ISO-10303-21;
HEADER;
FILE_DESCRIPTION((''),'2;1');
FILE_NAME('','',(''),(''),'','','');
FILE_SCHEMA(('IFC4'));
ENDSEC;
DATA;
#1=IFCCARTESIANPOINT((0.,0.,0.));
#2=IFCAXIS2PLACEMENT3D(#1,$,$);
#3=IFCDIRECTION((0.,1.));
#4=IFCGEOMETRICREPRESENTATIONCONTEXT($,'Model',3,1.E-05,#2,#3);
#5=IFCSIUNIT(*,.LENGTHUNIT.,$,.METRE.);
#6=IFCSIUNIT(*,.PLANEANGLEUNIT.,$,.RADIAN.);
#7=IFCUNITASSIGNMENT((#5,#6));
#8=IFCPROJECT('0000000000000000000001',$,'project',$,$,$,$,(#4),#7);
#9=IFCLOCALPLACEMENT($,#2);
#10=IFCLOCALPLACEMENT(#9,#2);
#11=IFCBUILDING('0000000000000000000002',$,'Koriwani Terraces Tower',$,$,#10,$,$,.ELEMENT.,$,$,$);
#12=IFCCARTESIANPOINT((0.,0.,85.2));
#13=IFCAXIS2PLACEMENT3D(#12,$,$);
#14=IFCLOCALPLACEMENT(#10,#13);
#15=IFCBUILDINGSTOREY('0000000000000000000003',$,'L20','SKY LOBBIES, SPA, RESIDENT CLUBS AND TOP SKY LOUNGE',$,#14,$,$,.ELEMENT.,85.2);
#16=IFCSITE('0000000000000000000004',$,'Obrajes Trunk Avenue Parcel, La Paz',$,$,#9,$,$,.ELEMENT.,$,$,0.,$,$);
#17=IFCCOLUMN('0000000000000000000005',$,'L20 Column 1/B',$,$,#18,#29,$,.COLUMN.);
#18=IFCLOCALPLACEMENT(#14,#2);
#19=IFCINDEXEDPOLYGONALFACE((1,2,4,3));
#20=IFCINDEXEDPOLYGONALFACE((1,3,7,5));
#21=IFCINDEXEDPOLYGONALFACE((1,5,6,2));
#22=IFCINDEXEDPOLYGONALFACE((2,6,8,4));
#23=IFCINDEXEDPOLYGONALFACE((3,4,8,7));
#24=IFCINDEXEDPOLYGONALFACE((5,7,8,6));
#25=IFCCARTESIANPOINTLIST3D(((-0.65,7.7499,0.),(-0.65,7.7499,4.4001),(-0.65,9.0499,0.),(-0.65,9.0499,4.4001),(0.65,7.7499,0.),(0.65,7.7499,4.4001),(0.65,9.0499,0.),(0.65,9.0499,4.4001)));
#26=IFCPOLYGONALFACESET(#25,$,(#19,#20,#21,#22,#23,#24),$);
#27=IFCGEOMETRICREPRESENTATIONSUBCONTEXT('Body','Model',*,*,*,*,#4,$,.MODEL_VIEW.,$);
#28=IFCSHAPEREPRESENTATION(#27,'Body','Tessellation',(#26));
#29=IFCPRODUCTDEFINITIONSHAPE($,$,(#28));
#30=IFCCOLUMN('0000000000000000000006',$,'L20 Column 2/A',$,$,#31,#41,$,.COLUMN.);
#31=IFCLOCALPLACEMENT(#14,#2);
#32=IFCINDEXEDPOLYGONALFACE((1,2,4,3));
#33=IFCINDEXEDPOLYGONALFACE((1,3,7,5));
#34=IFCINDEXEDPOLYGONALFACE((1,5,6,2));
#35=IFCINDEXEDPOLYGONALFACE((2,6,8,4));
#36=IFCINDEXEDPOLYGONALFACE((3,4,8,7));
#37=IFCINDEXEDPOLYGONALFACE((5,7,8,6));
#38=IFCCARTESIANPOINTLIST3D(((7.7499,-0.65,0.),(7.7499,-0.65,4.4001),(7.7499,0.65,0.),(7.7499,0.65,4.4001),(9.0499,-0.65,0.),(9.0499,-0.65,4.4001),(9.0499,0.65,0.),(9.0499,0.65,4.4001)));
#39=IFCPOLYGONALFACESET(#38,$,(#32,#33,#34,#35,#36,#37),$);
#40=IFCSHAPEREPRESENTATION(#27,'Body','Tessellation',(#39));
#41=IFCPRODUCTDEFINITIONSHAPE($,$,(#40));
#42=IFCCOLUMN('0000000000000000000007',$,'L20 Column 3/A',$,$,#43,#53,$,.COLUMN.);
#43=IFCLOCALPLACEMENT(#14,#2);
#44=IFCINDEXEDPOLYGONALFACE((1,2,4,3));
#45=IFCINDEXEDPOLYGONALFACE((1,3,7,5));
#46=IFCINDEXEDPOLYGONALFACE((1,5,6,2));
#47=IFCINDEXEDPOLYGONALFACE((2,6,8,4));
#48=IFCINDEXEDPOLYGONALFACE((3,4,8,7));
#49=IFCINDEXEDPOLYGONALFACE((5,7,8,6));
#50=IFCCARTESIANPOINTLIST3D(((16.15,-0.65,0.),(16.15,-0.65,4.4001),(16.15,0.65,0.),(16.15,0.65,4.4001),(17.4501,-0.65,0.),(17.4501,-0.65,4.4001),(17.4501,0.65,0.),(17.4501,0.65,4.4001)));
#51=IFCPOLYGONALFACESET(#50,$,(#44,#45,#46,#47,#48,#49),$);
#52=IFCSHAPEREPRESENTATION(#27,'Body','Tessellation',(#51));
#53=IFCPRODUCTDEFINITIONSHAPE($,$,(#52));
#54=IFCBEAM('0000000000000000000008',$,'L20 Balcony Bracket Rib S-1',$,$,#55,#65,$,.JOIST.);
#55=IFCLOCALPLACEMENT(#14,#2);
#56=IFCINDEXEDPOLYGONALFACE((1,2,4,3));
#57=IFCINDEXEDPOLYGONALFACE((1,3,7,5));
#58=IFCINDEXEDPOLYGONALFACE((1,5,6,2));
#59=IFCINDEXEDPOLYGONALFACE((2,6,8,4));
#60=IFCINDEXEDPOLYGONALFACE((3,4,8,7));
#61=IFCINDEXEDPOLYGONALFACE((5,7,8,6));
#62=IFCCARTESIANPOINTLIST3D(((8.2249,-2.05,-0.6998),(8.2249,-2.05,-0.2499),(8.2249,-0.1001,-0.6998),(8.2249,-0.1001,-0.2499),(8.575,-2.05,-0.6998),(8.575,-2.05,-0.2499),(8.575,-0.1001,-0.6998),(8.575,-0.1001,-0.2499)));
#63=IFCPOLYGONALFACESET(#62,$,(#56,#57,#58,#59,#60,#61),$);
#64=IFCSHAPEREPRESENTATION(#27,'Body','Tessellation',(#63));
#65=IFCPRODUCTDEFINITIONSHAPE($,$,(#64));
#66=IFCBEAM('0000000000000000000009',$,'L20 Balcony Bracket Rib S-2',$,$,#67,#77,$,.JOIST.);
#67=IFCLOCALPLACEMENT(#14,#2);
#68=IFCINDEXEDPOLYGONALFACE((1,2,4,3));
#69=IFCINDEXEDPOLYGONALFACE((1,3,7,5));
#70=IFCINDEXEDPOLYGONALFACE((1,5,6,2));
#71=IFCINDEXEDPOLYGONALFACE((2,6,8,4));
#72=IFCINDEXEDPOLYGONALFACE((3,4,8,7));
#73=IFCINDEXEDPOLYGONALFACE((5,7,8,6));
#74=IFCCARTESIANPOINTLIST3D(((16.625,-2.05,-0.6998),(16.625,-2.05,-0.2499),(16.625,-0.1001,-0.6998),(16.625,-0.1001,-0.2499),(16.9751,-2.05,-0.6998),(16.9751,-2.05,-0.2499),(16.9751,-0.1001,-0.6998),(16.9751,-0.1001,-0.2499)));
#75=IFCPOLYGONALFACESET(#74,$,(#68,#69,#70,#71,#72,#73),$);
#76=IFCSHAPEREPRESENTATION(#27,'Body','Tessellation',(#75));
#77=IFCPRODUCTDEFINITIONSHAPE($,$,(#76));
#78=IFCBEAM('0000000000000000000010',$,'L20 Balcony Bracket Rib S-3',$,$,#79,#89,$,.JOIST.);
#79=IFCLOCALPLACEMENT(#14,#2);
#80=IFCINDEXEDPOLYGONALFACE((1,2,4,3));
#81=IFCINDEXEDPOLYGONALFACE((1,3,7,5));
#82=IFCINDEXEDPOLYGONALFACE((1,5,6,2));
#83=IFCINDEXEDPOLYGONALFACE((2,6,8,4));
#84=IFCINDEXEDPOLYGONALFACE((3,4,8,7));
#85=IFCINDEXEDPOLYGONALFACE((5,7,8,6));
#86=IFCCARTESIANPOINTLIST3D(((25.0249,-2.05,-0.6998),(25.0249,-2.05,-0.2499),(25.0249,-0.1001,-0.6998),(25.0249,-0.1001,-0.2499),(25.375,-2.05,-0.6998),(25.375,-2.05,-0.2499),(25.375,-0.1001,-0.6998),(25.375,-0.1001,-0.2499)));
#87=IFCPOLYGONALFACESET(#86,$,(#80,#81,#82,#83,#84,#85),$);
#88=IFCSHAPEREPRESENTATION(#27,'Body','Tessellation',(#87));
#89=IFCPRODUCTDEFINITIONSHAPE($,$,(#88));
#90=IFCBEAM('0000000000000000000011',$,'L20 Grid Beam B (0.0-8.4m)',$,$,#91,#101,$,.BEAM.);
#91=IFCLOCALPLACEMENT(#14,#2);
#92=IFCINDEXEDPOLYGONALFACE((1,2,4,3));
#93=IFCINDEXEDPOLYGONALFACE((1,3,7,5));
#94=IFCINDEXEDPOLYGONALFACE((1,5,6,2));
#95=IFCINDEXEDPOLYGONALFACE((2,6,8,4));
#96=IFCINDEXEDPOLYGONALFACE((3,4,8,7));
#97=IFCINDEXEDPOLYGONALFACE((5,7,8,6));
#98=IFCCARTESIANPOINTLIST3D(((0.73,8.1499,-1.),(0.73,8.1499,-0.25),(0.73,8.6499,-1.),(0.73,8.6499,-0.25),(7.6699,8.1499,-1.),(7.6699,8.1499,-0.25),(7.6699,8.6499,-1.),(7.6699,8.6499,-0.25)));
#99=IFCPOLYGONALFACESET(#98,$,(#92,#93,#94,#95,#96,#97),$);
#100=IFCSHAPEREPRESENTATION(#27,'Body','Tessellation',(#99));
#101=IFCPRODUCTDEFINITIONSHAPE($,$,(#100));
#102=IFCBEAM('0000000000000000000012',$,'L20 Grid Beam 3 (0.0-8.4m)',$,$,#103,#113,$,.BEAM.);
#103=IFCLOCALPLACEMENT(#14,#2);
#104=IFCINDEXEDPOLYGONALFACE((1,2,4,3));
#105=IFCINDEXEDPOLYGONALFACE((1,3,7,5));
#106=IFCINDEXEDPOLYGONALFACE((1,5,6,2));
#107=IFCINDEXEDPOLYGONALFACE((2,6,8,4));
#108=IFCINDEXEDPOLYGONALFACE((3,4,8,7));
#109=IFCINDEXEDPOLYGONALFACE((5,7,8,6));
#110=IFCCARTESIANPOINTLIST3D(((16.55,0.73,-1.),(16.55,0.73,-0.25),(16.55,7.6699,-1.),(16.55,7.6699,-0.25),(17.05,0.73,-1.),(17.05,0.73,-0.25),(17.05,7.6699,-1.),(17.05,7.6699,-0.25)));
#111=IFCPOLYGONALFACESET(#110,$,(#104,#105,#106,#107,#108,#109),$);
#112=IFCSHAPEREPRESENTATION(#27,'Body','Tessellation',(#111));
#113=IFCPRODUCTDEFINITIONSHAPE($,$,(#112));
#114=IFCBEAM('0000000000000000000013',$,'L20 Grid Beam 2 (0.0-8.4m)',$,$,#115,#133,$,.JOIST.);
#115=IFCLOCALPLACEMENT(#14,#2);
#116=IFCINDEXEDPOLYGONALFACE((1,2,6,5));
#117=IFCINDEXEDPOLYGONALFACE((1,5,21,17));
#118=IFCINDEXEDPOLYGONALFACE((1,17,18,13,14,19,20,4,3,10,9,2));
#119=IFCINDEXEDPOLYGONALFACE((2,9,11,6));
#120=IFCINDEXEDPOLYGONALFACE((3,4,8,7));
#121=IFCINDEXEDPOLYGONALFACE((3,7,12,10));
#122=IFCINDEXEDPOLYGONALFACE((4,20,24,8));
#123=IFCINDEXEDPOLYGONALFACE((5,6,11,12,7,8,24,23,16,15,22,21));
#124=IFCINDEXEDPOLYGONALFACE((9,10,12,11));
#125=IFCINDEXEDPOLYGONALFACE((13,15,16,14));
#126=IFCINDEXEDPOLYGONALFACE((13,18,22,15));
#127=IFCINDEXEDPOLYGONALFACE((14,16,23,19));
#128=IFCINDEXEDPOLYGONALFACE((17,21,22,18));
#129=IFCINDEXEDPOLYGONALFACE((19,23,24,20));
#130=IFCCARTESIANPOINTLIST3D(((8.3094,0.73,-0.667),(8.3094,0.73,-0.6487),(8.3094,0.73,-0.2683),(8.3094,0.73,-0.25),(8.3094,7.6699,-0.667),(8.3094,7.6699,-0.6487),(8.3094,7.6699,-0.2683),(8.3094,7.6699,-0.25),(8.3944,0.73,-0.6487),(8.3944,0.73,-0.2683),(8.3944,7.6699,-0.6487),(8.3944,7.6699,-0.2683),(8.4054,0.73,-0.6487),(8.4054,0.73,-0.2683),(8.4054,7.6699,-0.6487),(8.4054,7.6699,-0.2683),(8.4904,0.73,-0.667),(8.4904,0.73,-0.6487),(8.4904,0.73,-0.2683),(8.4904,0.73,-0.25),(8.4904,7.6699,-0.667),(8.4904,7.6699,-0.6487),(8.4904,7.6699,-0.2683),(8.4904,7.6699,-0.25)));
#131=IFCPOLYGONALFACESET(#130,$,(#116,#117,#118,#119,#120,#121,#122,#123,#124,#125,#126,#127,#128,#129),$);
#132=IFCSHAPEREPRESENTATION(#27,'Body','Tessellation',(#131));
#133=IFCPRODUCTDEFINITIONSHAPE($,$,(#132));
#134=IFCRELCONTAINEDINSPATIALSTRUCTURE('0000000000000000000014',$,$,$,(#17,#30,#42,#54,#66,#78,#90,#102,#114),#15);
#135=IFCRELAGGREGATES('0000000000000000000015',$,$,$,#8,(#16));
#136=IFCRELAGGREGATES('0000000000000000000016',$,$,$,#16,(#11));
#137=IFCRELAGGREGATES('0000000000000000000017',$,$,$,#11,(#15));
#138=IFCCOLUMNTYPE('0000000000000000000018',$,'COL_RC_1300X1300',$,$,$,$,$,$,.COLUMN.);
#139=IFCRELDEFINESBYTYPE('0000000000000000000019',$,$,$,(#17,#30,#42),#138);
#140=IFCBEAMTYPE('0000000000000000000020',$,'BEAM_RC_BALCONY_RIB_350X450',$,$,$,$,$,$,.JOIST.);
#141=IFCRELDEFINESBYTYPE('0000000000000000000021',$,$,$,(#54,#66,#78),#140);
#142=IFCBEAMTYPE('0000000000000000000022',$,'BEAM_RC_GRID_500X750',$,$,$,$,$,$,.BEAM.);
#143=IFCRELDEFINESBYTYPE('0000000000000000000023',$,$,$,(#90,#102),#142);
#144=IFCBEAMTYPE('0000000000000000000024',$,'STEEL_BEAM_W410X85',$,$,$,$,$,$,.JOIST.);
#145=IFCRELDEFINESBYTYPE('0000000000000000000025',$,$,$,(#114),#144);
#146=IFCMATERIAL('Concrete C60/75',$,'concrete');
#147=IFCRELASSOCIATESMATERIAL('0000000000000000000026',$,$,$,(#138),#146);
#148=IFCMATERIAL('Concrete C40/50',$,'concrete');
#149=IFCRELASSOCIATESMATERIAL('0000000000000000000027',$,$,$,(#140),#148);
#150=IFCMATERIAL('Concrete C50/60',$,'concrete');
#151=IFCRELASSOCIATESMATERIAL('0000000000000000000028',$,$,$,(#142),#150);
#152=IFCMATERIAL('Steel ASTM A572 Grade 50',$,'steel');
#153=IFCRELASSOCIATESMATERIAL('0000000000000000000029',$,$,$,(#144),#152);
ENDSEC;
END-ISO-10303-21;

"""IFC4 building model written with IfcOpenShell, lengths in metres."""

from ifc_helpers import new_model, si_unit, direction, frame, origin, origin_2d, place, context, subcontext, project, spatial, rectangle, i_section, extrude, material, material_profile, profile_set, type_object, element, save


model = new_model("IFC4")

# Units and contexts
model_context = context("Model", 3, precision=1e-05, world=origin(), true_north=direction((0.0, 1.0)))
body_context = subcontext(model_context, "Body", "Model", "MODEL_VIEW")
ifc_project = project(units=[si_unit("LENGTHUNIT", "METRE"), si_unit("PLANEANGLEUNIT", "RADIAN")], contexts=[model_context])

# Site, building, storey
site_placement = place(None, origin())
site = spatial("IfcSite", under=ifc_project, at=site_placement, Name="Obrajes Trunk Avenue Parcel, La Paz", CompositionType="ELEMENT", RefElevation=0.0)
building_placement = place(site_placement, origin())
building = spatial("IfcBuilding", under=site, at=building_placement, Name="Koriwani Terraces Tower", CompositionType="ELEMENT")
storey_placement = place(building_placement, frame((0.0, 0.0, 85.2)))
storey = spatial("IfcBuildingStorey", under=building, at=storey_placement, Name="L20", Description="SKY LOBBIES, SPA, RESIDENT CLUBS AND TOP SKY LOUNGE", CompositionType="ELEMENT", Elevation=85.2)

# Columns
ifc_material_1 = material(Name="Concrete C60/75", Category="concrete")
ifc_material_profile_1 = material_profile(ifc_material_1, rectangle(XDim=1.3, YDim=1.3, at=origin_2d()), Name="Concrete C60/75", Category="LoadBearing")
ifc_profile_set_1 = profile_set([ifc_material_profile_1], Name="Concrete C60/75")
column_type = type_object("IfcColumnType", Name="COL_RC_1300X1300", PredefinedType="COLUMN", material=ifc_profile_set_1)
for number, where, z_axis, x_axis, name in (
    (1, (0.0, 8.3999, 0.0), (0.0, 0.0, 1.0), (1.0, 0.0, 0.0), "L20 Column 1/B"),
    (2, (8.3999, 0.0, 0.0), (0.0, 0.0, 1.0), (1.0, 0.0, 0.0), "L20 Column 2/A"),
    (3, (16.8, 0.0, 0.0), (0.0, 0.0, 1.0), (1.0, 0.0, 0.0), "L20 Column 3/A"),
):
    element("IfcColumn", number, at=place(storey_placement, frame(where, z_axis=z_axis, x_axis=x_axis)), inside=storey, type_object=column_type, Name=name, PredefinedType="COLUMN", context=body_context, shape_type="SweptSolid", body=[
        extrude(rectangle(XDim=1.3, YDim=1.3, at=origin_2d()), origin(), (0.0, 0.0, 1.0), 4.4001),
    ])

# Beams
ifc_material_2 = material(Name="Concrete C40/50", Category="concrete")
ifc_material_profile_2 = material_profile(ifc_material_2, rectangle(XDim=0.3501, YDim=0.45, at=origin_2d()), Name="Concrete C40/50", Category="LoadBearing")
ifc_profile_set_2 = profile_set([ifc_material_profile_2], Name="Concrete C40/50")
beam_type_1 = type_object("IfcBeamType", Name="BEAM_RC_BALCONY_RIB_350X450", PredefinedType="JOIST", material=ifc_profile_set_2)
for number, where, z_axis, x_axis, name in (
    (4, (8.3999, -2.05, -0.4749), (0.0, 1.0, 0.0), (-1.0, 0.0, 0.0), "L20 Balcony Bracket Rib S-1"),
    (5, (16.8, -2.05, -0.4749), (0.0, 1.0, 0.0), (-1.0, 0.0, 0.0), "L20 Balcony Bracket Rib S-2"),
    (6, (25.2, -2.05, -0.4749), (0.0, 1.0, 0.0), (-1.0, 0.0, 0.0), "L20 Balcony Bracket Rib S-3"),
):
    element("IfcBeam", number, at=place(storey_placement, frame(where, z_axis=z_axis, x_axis=x_axis)), inside=storey, type_object=beam_type_1, Name=name, PredefinedType="JOIST", context=body_context, shape_type="SweptSolid", body=[
        extrude(rectangle(XDim=0.3501, YDim=0.45, at=origin_2d()), origin(), (0.0, 0.0, 1.0), 1.95),
    ])
ifc_material_3 = material(Name="Concrete C50/60", Category="concrete")
ifc_material_profile_3 = material_profile(ifc_material_3, rectangle(XDim=0.5, YDim=0.75, at=origin_2d()), Name="Concrete C50/60", Category="LoadBearing")
ifc_profile_set_3 = profile_set([ifc_material_profile_3], Name="Concrete C50/60")
beam_type_2 = type_object("IfcBeamType", Name="BEAM_RC_GRID_500X750", PredefinedType="BEAM", material=ifc_profile_set_3)
for number, where, z_axis, x_axis, name in (
    (7, (0.73, 8.3999, -0.625), (1.0, 0.0, 0.0), (0.0, 1.0, 0.0), "L20 Grid Beam B (0.0-8.4m)"),
    (8, (16.8, 0.73, -0.625), (0.0, 1.0, 0.0), (-1.0, 0.0, 0.0), "L20 Grid Beam 3 (0.0-8.4m)"),
):
    element("IfcBeam", number, at=place(storey_placement, frame(where, z_axis=z_axis, x_axis=x_axis)), inside=storey, type_object=beam_type_2, Name=name, PredefinedType="BEAM", context=body_context, shape_type="SweptSolid", body=[
        extrude(rectangle(XDim=0.5, YDim=0.75, at=origin_2d()), origin(), (0.0, 0.0, 1.0), 6.9399),
    ])
ifc_material_4 = material(Name="Steel ASTM A572 Grade 50", Category="steel")
ifc_material_profile_4 = material_profile(ifc_material_4, i_section(OverallWidth=0.1809, OverallDepth=0.417, WebThickness=0.011, FlangeThickness=0.0183, at=origin_2d()), Name="Steel ASTM A572 Grade 50", Category="LoadBearing")
ifc_profile_set_4 = profile_set([ifc_material_profile_4], Name="Steel ASTM A572 Grade 50")
beam_type_3 = type_object("IfcBeamType", Name="STEEL_BEAM_W410X85", PredefinedType="JOIST", material=ifc_profile_set_4)
beam_placement = place(storey_placement, frame((8.3999, 0.73, -0.4585), z_axis=(0.0, 1.0, 0.0), x_axis=(-1.0, 0.0, 0.0)))
element("IfcBeam", 9, at=beam_placement, inside=storey, type_object=beam_type_3, Name="L20 Grid Beam 2 (0.0-8.4m)", PredefinedType="JOIST", context=body_context, shape_type="SweptSolid", body=[
    extrude(i_section(OverallWidth=0.1809, OverallDepth=0.417, WebThickness=0.011, FlangeThickness=0.0183, at=origin_2d()), origin(), (0.0, 0.0, 1.0), 6.9399),
])

save(model, "model.ifc")
